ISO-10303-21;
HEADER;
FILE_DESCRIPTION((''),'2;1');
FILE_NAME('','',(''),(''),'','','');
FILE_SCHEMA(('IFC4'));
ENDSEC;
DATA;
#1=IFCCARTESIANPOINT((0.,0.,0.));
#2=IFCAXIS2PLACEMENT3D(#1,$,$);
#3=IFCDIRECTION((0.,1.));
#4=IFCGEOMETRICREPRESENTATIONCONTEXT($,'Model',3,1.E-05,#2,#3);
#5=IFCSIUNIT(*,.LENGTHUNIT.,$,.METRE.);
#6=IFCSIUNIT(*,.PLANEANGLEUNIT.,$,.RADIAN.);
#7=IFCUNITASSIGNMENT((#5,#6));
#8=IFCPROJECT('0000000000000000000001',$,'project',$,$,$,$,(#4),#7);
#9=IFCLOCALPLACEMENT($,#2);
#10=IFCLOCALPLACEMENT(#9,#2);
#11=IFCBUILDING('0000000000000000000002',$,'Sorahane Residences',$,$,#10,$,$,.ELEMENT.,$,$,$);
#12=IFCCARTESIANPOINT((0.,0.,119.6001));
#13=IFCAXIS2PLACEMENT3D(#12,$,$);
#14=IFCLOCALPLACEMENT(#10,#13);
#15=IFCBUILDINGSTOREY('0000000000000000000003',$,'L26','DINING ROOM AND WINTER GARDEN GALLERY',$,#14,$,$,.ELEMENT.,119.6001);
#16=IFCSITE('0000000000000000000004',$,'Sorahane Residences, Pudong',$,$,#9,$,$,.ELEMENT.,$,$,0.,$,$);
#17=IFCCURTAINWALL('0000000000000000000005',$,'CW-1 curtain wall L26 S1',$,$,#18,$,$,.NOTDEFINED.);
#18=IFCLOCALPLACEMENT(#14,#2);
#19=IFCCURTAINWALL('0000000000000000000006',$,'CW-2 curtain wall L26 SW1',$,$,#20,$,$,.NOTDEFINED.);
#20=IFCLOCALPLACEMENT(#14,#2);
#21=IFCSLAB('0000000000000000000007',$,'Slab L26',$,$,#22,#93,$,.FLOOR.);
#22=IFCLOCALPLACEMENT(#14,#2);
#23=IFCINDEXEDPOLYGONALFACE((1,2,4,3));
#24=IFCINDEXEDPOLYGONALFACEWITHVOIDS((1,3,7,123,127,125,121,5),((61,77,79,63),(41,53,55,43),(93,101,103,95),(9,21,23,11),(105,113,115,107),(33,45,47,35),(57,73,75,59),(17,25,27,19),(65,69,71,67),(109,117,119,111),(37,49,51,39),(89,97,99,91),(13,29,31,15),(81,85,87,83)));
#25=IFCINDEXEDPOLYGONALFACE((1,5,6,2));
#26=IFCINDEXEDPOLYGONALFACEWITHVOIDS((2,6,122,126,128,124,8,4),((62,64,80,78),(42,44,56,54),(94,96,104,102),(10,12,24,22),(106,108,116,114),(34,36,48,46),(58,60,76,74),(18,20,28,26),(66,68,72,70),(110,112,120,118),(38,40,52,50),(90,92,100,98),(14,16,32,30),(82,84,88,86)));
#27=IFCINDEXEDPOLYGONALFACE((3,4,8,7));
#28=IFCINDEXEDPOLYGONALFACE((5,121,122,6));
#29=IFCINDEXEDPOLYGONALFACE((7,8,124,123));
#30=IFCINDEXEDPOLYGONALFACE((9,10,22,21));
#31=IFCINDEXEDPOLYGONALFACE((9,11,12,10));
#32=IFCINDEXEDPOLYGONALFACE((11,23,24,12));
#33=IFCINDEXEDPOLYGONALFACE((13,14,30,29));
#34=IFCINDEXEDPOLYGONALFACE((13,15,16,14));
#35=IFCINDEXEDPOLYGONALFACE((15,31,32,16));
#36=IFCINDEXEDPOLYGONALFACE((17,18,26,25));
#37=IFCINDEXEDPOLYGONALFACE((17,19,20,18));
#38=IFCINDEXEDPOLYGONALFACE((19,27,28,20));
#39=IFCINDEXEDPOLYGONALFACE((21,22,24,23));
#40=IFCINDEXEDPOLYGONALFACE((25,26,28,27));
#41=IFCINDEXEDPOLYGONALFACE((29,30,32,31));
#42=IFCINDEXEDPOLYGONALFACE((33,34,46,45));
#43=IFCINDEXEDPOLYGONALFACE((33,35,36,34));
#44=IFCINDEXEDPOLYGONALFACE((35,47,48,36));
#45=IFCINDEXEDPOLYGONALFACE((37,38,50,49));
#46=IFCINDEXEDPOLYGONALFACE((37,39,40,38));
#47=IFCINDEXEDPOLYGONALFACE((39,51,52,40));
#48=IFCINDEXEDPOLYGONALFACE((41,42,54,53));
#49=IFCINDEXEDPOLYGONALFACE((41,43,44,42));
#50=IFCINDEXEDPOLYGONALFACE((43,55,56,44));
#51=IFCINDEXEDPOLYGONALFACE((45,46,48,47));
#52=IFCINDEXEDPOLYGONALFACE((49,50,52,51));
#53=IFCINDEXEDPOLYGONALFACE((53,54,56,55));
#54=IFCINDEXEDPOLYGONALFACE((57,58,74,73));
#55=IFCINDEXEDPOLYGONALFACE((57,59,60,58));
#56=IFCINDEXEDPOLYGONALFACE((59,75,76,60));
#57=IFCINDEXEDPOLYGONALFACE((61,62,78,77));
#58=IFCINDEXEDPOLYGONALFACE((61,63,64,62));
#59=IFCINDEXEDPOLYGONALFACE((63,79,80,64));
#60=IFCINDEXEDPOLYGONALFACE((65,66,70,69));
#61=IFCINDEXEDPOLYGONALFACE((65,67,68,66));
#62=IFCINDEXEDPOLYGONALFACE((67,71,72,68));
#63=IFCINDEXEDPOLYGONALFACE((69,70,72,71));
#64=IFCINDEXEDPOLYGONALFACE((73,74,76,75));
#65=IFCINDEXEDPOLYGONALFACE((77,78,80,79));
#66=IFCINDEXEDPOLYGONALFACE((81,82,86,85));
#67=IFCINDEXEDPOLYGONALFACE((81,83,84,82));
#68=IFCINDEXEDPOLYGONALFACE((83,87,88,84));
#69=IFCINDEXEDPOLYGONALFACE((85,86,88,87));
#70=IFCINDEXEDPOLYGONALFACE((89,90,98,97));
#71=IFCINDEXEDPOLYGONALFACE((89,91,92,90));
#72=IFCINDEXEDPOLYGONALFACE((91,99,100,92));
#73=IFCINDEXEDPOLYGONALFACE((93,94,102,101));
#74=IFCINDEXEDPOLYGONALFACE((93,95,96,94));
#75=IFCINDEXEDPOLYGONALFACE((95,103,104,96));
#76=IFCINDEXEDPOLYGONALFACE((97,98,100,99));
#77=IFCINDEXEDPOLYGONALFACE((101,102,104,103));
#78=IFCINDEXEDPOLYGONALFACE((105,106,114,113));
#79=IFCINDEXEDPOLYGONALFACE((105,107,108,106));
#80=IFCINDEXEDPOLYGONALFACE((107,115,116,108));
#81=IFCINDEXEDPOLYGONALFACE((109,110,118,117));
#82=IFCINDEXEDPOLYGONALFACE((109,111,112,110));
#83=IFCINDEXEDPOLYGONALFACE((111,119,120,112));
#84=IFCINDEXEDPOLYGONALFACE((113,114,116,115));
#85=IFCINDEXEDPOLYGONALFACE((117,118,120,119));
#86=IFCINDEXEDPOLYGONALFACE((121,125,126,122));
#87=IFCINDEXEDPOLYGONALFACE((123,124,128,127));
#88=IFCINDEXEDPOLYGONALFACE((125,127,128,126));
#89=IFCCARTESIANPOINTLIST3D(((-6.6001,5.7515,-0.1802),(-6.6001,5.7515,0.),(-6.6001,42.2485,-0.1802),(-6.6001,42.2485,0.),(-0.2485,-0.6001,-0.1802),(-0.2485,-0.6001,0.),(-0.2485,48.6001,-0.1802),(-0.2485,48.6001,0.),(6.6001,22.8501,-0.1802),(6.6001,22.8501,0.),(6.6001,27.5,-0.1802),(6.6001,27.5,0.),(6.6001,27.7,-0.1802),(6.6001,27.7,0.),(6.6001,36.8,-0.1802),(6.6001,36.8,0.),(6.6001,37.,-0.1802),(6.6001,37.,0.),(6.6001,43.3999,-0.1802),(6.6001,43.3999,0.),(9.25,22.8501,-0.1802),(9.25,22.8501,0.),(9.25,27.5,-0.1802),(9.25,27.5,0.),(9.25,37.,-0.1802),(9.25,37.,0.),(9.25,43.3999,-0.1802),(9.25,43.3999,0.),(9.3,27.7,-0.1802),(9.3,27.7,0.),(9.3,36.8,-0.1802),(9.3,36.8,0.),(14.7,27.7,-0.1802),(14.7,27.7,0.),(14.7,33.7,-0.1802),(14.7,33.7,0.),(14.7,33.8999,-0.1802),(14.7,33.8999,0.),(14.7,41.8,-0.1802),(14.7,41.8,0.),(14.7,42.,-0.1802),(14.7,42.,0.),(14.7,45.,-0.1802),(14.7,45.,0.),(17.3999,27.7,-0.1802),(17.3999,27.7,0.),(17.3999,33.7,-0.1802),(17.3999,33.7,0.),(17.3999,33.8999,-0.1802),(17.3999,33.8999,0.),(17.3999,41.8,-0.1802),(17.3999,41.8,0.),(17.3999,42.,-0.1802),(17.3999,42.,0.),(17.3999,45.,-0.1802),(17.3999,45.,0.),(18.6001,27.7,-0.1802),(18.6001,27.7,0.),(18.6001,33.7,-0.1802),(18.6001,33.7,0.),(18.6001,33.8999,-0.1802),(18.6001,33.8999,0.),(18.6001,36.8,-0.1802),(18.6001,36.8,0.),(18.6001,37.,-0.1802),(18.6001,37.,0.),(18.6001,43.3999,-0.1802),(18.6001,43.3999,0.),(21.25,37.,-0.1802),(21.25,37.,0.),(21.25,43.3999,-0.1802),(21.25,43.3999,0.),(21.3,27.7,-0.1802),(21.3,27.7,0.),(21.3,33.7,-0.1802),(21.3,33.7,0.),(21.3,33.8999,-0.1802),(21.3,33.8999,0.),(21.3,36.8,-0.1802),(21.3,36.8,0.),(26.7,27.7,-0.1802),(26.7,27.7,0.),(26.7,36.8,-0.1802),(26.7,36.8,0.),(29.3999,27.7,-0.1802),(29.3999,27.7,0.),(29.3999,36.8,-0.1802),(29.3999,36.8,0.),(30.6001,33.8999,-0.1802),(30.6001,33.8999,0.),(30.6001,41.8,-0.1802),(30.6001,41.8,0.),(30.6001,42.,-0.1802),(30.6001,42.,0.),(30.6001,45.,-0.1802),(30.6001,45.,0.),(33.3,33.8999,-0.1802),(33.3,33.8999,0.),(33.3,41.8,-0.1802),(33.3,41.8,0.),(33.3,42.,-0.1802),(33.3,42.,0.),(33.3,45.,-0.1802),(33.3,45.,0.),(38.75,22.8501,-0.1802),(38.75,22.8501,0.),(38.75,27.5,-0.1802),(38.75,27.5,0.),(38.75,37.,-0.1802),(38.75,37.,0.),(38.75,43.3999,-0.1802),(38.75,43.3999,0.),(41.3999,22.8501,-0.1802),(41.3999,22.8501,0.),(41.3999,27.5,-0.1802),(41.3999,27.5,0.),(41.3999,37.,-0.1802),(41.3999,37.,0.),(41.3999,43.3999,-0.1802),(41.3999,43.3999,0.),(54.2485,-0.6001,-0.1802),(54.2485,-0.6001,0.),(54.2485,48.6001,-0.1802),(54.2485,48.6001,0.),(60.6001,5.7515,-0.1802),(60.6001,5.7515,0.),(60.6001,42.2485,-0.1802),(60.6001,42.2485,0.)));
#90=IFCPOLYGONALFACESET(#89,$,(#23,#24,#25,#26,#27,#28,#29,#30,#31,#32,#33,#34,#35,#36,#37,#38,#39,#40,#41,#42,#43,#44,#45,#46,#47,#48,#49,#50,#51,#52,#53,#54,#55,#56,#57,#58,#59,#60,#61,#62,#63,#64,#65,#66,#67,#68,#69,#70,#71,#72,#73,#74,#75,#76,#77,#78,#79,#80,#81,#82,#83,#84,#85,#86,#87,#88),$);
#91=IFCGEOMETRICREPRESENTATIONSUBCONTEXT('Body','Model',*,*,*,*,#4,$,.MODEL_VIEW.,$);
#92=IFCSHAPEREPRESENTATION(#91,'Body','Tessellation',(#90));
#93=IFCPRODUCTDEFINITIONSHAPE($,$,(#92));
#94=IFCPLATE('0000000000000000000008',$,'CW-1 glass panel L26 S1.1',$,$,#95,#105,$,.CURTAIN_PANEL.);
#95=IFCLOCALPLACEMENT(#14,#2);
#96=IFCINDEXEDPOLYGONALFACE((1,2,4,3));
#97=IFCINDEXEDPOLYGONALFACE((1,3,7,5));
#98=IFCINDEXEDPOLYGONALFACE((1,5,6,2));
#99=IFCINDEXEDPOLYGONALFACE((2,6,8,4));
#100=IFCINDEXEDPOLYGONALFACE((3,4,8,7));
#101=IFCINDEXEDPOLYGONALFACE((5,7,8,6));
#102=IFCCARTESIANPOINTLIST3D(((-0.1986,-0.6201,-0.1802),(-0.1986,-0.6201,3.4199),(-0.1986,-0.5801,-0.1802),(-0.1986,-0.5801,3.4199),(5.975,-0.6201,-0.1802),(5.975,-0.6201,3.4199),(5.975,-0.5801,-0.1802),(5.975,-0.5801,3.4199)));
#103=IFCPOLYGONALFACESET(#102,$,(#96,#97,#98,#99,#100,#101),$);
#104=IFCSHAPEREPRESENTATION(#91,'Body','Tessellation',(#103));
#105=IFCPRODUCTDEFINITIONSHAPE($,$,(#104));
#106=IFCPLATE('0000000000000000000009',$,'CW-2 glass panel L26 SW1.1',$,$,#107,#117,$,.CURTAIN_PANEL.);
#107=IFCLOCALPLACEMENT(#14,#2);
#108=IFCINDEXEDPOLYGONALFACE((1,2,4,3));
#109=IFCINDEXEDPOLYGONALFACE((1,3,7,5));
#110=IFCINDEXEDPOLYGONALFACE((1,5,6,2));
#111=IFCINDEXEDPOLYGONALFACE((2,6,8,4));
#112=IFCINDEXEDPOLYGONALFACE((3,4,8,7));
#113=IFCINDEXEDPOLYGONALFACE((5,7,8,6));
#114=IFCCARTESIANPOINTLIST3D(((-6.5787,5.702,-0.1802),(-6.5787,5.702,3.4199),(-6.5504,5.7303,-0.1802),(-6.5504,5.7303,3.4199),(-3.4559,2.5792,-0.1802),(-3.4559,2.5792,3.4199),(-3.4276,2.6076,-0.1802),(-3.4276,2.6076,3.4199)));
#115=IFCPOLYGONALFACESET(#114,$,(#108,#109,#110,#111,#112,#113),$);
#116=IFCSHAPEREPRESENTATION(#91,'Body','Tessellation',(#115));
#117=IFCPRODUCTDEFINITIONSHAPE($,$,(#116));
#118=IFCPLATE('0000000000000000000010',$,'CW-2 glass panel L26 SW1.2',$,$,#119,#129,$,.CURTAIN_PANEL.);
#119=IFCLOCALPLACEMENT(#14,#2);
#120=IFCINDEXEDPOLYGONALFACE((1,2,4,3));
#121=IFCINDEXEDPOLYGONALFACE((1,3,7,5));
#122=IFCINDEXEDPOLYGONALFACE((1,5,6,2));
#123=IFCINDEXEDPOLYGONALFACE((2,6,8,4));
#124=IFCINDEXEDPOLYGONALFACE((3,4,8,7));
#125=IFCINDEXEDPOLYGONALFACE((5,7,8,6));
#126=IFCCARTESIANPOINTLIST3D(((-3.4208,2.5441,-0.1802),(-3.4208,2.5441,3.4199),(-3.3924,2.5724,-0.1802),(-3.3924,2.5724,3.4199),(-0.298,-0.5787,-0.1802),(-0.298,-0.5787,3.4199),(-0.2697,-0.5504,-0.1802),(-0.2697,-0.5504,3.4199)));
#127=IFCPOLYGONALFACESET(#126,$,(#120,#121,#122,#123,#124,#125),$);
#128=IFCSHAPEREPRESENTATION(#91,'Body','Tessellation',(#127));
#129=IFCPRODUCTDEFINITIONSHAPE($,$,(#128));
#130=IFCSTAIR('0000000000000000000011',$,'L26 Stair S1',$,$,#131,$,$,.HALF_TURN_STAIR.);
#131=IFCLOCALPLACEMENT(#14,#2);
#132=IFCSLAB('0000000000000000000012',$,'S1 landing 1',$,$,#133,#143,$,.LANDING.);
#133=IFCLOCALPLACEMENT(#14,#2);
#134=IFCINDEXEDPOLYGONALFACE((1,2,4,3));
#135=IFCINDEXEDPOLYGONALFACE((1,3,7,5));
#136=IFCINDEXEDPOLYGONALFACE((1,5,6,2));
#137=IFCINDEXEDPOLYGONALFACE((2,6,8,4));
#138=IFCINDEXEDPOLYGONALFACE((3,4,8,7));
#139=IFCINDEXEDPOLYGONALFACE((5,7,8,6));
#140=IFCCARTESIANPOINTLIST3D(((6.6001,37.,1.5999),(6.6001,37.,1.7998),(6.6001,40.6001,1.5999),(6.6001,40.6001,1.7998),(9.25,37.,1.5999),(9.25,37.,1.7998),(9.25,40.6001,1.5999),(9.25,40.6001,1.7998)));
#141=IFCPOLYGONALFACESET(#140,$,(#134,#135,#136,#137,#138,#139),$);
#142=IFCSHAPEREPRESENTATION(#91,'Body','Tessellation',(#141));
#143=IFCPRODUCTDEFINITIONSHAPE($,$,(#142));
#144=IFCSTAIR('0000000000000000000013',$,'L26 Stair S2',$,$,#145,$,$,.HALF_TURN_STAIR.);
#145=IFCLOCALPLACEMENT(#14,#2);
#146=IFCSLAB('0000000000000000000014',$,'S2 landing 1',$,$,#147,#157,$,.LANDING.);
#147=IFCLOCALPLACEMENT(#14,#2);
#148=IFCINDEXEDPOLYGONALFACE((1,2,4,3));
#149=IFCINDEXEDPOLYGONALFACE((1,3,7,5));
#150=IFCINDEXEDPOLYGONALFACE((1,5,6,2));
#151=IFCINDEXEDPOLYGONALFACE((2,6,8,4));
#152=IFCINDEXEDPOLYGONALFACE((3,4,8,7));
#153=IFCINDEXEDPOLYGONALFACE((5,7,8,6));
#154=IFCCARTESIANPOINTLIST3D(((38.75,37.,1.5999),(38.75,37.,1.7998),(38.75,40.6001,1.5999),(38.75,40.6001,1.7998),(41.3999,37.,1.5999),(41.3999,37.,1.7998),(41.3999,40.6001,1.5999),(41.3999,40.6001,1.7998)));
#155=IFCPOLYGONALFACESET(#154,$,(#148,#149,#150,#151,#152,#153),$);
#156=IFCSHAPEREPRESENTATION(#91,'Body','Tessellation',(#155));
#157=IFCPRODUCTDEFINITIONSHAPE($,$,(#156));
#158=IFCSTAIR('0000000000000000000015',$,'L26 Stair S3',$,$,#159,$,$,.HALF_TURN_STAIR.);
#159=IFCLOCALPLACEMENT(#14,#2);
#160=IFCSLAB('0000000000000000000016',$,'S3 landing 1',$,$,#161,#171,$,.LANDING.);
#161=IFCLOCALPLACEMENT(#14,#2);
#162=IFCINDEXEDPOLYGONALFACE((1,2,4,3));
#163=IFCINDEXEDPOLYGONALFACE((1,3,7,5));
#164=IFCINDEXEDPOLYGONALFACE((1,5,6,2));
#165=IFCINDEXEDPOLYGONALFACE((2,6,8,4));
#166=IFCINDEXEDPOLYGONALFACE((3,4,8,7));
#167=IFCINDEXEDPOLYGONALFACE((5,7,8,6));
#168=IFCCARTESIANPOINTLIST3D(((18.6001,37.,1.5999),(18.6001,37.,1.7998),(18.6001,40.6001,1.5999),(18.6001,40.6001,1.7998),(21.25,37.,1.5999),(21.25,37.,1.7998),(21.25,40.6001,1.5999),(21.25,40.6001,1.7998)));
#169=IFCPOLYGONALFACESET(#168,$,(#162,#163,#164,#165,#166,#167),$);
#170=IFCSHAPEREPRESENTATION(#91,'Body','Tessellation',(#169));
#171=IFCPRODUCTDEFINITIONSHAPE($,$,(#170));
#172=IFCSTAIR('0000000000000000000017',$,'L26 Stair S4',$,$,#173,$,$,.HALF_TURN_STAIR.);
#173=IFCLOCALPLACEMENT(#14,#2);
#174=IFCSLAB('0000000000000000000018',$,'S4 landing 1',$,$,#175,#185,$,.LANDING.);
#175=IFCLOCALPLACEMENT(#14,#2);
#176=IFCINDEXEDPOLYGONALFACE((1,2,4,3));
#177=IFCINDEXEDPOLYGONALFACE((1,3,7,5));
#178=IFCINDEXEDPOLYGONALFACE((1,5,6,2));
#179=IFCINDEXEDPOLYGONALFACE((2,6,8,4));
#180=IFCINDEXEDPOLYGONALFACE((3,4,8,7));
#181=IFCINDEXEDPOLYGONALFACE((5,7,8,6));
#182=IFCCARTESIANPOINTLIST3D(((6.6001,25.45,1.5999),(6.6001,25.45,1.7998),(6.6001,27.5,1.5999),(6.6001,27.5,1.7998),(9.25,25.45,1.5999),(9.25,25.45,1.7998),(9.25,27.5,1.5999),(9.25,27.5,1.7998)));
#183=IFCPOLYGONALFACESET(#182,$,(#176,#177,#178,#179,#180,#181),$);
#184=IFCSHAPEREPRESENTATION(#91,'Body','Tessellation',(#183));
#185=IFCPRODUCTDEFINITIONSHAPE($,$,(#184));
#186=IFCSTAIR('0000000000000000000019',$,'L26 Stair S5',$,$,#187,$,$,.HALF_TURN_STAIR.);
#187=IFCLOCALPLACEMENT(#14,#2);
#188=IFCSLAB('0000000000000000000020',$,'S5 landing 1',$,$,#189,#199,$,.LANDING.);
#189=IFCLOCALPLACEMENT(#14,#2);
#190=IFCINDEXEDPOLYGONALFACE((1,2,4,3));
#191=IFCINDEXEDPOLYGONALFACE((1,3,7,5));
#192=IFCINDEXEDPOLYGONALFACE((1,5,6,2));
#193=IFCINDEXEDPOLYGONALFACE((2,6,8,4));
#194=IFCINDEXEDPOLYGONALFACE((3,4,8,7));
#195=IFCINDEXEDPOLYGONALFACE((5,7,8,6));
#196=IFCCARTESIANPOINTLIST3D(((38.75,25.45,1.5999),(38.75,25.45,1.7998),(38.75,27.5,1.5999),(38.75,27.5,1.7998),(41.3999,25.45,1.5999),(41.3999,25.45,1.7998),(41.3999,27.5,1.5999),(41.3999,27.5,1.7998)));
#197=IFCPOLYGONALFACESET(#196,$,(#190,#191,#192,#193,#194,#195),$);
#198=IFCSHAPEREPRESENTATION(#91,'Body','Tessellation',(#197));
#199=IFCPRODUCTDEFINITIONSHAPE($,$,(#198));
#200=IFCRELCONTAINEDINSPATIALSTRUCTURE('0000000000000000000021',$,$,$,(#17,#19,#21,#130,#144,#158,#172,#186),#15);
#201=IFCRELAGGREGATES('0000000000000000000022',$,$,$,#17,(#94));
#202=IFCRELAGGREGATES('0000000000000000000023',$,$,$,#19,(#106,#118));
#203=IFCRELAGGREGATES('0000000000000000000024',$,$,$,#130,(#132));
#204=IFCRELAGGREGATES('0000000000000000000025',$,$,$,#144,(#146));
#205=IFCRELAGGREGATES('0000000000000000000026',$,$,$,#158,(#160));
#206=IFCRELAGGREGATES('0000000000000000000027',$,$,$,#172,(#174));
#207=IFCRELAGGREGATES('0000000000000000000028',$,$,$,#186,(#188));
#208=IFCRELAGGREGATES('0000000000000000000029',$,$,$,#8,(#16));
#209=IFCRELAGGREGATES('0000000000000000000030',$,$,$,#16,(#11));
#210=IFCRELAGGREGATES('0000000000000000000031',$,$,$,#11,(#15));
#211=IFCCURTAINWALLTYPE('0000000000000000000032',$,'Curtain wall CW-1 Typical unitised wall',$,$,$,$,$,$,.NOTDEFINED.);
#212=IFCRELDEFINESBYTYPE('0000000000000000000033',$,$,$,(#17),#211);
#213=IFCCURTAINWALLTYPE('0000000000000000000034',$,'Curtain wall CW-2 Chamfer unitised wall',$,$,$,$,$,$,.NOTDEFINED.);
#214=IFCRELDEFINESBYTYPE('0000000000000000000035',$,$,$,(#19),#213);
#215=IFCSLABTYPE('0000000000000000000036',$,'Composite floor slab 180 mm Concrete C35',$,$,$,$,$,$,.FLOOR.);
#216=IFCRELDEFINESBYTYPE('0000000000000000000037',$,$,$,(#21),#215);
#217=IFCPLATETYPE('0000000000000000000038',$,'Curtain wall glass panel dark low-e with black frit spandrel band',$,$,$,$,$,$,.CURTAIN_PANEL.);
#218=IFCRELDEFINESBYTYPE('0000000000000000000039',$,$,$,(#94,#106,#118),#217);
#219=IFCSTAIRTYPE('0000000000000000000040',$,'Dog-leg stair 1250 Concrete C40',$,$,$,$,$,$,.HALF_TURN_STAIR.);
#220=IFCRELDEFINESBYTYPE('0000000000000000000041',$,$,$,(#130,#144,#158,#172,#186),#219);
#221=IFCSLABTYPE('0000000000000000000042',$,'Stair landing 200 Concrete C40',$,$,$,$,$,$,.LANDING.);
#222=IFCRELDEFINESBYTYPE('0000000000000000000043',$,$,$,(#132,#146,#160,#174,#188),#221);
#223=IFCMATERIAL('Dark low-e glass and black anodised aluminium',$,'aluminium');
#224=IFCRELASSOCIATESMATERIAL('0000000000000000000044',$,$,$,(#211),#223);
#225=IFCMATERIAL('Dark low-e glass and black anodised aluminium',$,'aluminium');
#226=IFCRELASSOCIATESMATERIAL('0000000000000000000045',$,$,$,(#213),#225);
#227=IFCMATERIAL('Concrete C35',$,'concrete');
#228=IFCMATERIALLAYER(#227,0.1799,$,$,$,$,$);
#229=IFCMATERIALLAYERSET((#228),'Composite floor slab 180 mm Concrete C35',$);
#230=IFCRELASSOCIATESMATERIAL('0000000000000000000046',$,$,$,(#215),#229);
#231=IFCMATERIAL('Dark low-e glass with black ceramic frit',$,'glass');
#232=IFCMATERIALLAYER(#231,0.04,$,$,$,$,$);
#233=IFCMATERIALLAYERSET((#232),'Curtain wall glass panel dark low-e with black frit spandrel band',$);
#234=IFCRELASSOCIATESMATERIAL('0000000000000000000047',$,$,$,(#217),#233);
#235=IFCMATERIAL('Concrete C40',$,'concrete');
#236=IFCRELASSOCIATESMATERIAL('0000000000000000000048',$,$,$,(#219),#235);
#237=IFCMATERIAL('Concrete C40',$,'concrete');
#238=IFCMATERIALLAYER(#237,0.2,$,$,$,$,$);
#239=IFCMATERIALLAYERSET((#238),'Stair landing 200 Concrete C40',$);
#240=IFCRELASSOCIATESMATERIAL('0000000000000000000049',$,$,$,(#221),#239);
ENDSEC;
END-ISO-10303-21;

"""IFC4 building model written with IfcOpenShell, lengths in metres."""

from ifc_helpers import new_model, si_unit, direction, frame, origin, origin_2d, place, context, subcontext, project, spatial, polyline, rectangle, outline, extrude, material, layer, layer_set, type_object, element, aggregate, save


model = new_model("IFC4")

# Units and contexts
model_context = context("Model", 3, precision=1e-05, world=origin(), true_north=direction((0.0, 1.0)))
body_context = subcontext(model_context, "Body", "Model", "MODEL_VIEW")
ifc_project = project(units=[si_unit("LENGTHUNIT", "METRE"), si_unit("PLANEANGLEUNIT", "RADIAN")], contexts=[model_context])

# Site, building, storey
site_placement = place(None, origin())
site = spatial("IfcSite", under=ifc_project, at=site_placement, Name="Sorahane Residences, Pudong", CompositionType="ELEMENT", RefElevation=0.0)
building_placement = place(site_placement, origin())
building = spatial("IfcBuilding", under=site, at=building_placement, Name="Sorahane Residences", CompositionType="ELEMENT")
storey_placement = place(building_placement, frame((0.0, 0.0, 119.6001)))
storey = spatial("IfcBuildingStorey", under=building, at=storey_placement, Name="L26", Description="DINING ROOM AND WINTER GARDEN GALLERY", CompositionType="ELEMENT", Elevation=119.6001)

# Curtain wall
ifc_material_1 = material(Name="Dark low-e glass and black anodised aluminium", Category="aluminium")
curtain_wall_type_1 = type_object("IfcCurtainWallType", Name="Curtain wall CW-1 Typical unitised wall", PredefinedType="NOTDEFINED", material=ifc_material_1)
curtain_wall_1_placement = place(storey_placement, origin())
curtain_wall_1 = element("IfcCurtainWall", 1, at=curtain_wall_1_placement, inside=storey, type_object=curtain_wall_type_1, Name="CW-1 curtain wall L26 S1", PredefinedType="NOTDEFINED")

# Curtain wall
ifc_material_2 = material(Name="Dark low-e glass and black anodised aluminium", Category="aluminium")
curtain_wall_type_2 = type_object("IfcCurtainWallType", Name="Curtain wall CW-2 Chamfer unitised wall", PredefinedType="NOTDEFINED", material=ifc_material_2)
curtain_wall_2_placement = place(storey_placement, origin())
curtain_wall_2 = element("IfcCurtainWall", 2, at=curtain_wall_2_placement, inside=storey, type_object=curtain_wall_type_2, Name="CW-2 curtain wall L26 SW1", PredefinedType="NOTDEFINED")

# Slab
ifc_material_3 = material(Name="Concrete C35", Category="concrete")
ifc_layer_1 = layer(ifc_material_3, 0.1799)
ifc_layer_set_1 = layer_set([ifc_layer_1], Name="Composite floor slab 180 mm Concrete C35")
slab_type_1 = type_object("IfcSlabType", Name="Composite floor slab 180 mm Concrete C35", PredefinedType="FLOOR", material=ifc_layer_set_1)
slab_1_placement = place(storey_placement, frame((0.0, 0.0, -0.1802)))
element("IfcSlab", 3, at=slab_1_placement, inside=storey, type_object=slab_type_1, Name="Slab L26", PredefinedType="FLOOR", context=body_context, shape_type="SweptSolid", body=[
    extrude(outline(polyline([(-0.2485, -0.6001), (-6.6001, 5.7515), (-6.6001, 42.2485), (-0.2485, 48.6001), (54.2485, 48.6001), (60.6001, 42.2485), (60.6001, 5.7515), (54.2485, -0.6001), (-0.2485, -0.6001)]), holes=[polyline([(18.6001, 27.7), (21.3, 27.7), (21.3, 33.7), (18.6001, 33.7), (18.6001, 27.7)]), polyline([(30.6001, 42.0), (33.3, 42.0), (33.3, 45.0), (30.6001, 45.0), (30.6001, 42.0)]), polyline([(14.7, 27.7), (17.3999, 27.7), (17.3999, 33.7), (14.7, 33.7), (14.7, 27.7)]), polyline([(14.7, 42.0), (17.3999, 42.0), (17.3999, 45.0), (14.7, 45.0), (14.7, 42.0)]), polyline([(6.6001, 27.7), (9.3, 27.7), (9.3, 36.8), (6.6001, 36.8), (6.6001, 27.7)]), polyline([(6.6001, 43.3999), (6.6001, 37.0), (9.25, 37.0), (9.25, 43.3999), (6.6001, 43.3999)]), polyline([(38.75, 43.3999), (38.75, 37.0), (41.3999, 37.0), (41.3999, 43.3999), (38.75, 43.3999)]), polyline([(18.6001, 43.3999), (18.6001, 37.0), (21.25, 37.0), (21.25, 43.3999), (18.6001, 43.3999)]), polyline([(9.25, 22.8501), (9.25, 27.5), (6.6001, 27.5), (6.6001, 22.8501), (9.25, 22.8501)]), polyline([(41.3999, 22.8501), (41.3999, 27.5), (38.75, 27.5), (38.75, 22.8501), (41.3999, 22.8501)]), polyline([(14.7, 33.8999), (17.3999, 33.8999), (17.3999, 41.8), (14.7, 41.8), (14.7, 33.8999)]), polyline([(30.6001, 33.8999), (33.3, 33.8999), (33.3, 41.8), (30.6001, 41.8), (30.6001, 33.8999)]), polyline([(18.6001, 33.8999), (21.3, 33.8999), (21.3, 36.8), (18.6001, 36.8), (18.6001, 33.8999)]), polyline([(26.7, 27.7), (29.3999, 27.7), (29.3999, 36.8), (26.7, 36.8), (26.7, 27.7)])]), origin(), (0.0, 0.0, 1.0), 0.1802),
])

# Plates
ifc_material_4 = material(Name="Dark low-e glass with black ceramic frit", Category="glass")
ifc_layer_2 = layer(ifc_material_4, 0.04)
ifc_layer_set_2 = layer_set([ifc_layer_2], Name="Curtain wall glass panel dark low-e with black frit spandrel band")
plate_type = type_object("IfcPlateType", Name="Curtain wall glass panel dark low-e with black frit spandrel band", PredefinedType="CURTAIN_PANEL", material=ifc_layer_set_2)
plate_1_placement = place(storey_placement, frame((2.8882, -0.6001, -0.1802), z_axis=(0.0, 0.0, 1.0), x_axis=(1.0, 0.0, 0.0)))
plate_1 = element("IfcPlate", 4, at=plate_1_placement, type_object=plate_type, Name="CW-1 glass panel L26 S1.1", PredefinedType="CURTAIN_PANEL", context=body_context, shape_type="SweptSolid", body=[
    extrude(rectangle(XDim=6.1736, YDim=0.04, at=origin_2d()), origin(), (0.0, 0.0, 1.0), 3.6001),
])
aggregate(curtain_wall_1, [plate_1])
plate_2_placement = place(storey_placement, frame((-5.0032, 4.1548, -0.1802), z_axis=(0.0, 0.0, 1.0), x_axis=(0.707107, -0.707107, 0.0)))
plate_2 = element("IfcPlate", 5, at=plate_2_placement, type_object=plate_type, Name="CW-2 glass panel L26 SW1.1", PredefinedType="CURTAIN_PANEL", context=body_context, shape_type="SweptSolid", body=[
    extrude(rectangle(XDim=4.4163, YDim=0.04, at=origin_2d()), origin(), (0.0, 0.0, 1.0), 3.6001),
])
plate_3_placement = place(storey_placement, frame((-1.8452, 0.9968, -0.1802), z_axis=(0.0, 0.0, 1.0), x_axis=(0.707107, -0.707107, 0.0)))
plate_3 = element("IfcPlate", 6, at=plate_3_placement, type_object=plate_type, Name="CW-2 glass panel L26 SW1.2", PredefinedType="CURTAIN_PANEL", context=body_context, shape_type="SweptSolid", body=[
    extrude(rectangle(XDim=4.4163, YDim=0.04, at=origin_2d()), origin(), (0.0, 0.0, 1.0), 3.6001),
])
aggregate(curtain_wall_2, [plate_2, plate_3])

# Stairs, slabs
ifc_material_5 = material(Name="Concrete C40", Category="concrete")
stair_type = type_object("IfcStairType", Name="Dog-leg stair 1250 Concrete C40", PredefinedType="HALF_TURN_STAIR", material=ifc_material_5)
stair_1_placement = place(storey_placement, origin())
stair_1 = element("IfcStair", 7, at=stair_1_placement, inside=storey, type_object=stair_type, Name="L26 Stair S1", PredefinedType="HALF_TURN_STAIR")
ifc_material_6 = material(Name="Concrete C40", Category="concrete")
ifc_layer_3 = layer(ifc_material_6, 0.2)
ifc_layer_set_3 = layer_set([ifc_layer_3], Name="Stair landing 200 Concrete C40")
slab_type_2 = type_object("IfcSlabType", Name="Stair landing 200 Concrete C40", PredefinedType="LANDING", material=ifc_layer_set_3)
slab_2_placement = place(storey_placement, frame((0.0, 0.0, 1.5999)))
slab_2 = element("IfcSlab", 8, at=slab_2_placement, type_object=slab_type_2, Name="S1 landing 1", PredefinedType="LANDING", context=body_context, shape_type="SweptSolid", body=[
    extrude(outline(polyline([(6.6001, 40.6001), (6.6001, 37.0), (9.25, 37.0), (9.25, 40.6001), (6.6001, 40.6001)])), origin(), (0.0, 0.0, 1.0), 0.2),
])
aggregate(stair_1, [slab_2])
stair_2_placement = place(storey_placement, origin())
stair_2 = element("IfcStair", 9, at=stair_2_placement, inside=storey, type_object=stair_type, Name="L26 Stair S2", PredefinedType="HALF_TURN_STAIR")
slab_3_placement = place(storey_placement, frame((0.0, 0.0, 1.5999)))
slab_3 = element("IfcSlab", 10, at=slab_3_placement, type_object=slab_type_2, Name="S2 landing 1", PredefinedType="LANDING", context=body_context, shape_type="SweptSolid", body=[
    extrude(outline(polyline([(38.75, 40.6001), (38.75, 37.0), (41.3999, 37.0), (41.3999, 40.6001), (38.75, 40.6001)])), origin(), (0.0, 0.0, 1.0), 0.2),
])
aggregate(stair_2, [slab_3])
stair_3_placement = place(storey_placement, origin())
stair_3 = element("IfcStair", 11, at=stair_3_placement, inside=storey, type_object=stair_type, Name="L26 Stair S3", PredefinedType="HALF_TURN_STAIR")
slab_4_placement = place(storey_placement, frame((0.0, 0.0, 1.5999)))
slab_4 = element("IfcSlab", 12, at=slab_4_placement, type_object=slab_type_2, Name="S3 landing 1", PredefinedType="LANDING", context=body_context, shape_type="SweptSolid", body=[
    extrude(outline(polyline([(18.6001, 40.6001), (18.6001, 37.0), (21.25, 37.0), (21.25, 40.6001), (18.6001, 40.6001)])), origin(), (0.0, 0.0, 1.0), 0.2),
])
aggregate(stair_3, [slab_4])
stair_4_placement = place(storey_placement, origin())
stair_4 = element("IfcStair", 13, at=stair_4_placement, inside=storey, type_object=stair_type, Name="L26 Stair S4", PredefinedType="HALF_TURN_STAIR")
slab_5_placement = place(storey_placement, frame((0.0, 0.0, 1.5999)))
slab_5 = element("IfcSlab", 14, at=slab_5_placement, type_object=slab_type_2, Name="S4 landing 1", PredefinedType="LANDING", context=body_context, shape_type="SweptSolid", body=[
    extrude(outline(polyline([(9.25, 25.45), (9.25, 27.5), (6.6001, 27.5), (6.6001, 25.45), (9.25, 25.45)])), origin(), (0.0, 0.0, 1.0), 0.2),
])
aggregate(stair_4, [slab_5])
stair_5_placement = place(storey_placement, origin())
stair_5 = element("IfcStair", 15, at=stair_5_placement, inside=storey, type_object=stair_type, Name="L26 Stair S5", PredefinedType="HALF_TURN_STAIR")
slab_6_placement = place(storey_placement, frame((0.0, 0.0, 1.5999)))
slab_6 = element("IfcSlab", 16, at=slab_6_placement, type_object=slab_type_2, Name="S5 landing 1", PredefinedType="LANDING", context=body_context, shape_type="SweptSolid", body=[
    extrude(outline(polyline([(41.3999, 25.45), (41.3999, 27.5), (38.75, 27.5), (38.75, 25.45), (41.3999, 25.45)])), origin(), (0.0, 0.0, 1.0), 0.2),
])
aggregate(stair_5, [slab_6])

save(model, "model.ifc")
